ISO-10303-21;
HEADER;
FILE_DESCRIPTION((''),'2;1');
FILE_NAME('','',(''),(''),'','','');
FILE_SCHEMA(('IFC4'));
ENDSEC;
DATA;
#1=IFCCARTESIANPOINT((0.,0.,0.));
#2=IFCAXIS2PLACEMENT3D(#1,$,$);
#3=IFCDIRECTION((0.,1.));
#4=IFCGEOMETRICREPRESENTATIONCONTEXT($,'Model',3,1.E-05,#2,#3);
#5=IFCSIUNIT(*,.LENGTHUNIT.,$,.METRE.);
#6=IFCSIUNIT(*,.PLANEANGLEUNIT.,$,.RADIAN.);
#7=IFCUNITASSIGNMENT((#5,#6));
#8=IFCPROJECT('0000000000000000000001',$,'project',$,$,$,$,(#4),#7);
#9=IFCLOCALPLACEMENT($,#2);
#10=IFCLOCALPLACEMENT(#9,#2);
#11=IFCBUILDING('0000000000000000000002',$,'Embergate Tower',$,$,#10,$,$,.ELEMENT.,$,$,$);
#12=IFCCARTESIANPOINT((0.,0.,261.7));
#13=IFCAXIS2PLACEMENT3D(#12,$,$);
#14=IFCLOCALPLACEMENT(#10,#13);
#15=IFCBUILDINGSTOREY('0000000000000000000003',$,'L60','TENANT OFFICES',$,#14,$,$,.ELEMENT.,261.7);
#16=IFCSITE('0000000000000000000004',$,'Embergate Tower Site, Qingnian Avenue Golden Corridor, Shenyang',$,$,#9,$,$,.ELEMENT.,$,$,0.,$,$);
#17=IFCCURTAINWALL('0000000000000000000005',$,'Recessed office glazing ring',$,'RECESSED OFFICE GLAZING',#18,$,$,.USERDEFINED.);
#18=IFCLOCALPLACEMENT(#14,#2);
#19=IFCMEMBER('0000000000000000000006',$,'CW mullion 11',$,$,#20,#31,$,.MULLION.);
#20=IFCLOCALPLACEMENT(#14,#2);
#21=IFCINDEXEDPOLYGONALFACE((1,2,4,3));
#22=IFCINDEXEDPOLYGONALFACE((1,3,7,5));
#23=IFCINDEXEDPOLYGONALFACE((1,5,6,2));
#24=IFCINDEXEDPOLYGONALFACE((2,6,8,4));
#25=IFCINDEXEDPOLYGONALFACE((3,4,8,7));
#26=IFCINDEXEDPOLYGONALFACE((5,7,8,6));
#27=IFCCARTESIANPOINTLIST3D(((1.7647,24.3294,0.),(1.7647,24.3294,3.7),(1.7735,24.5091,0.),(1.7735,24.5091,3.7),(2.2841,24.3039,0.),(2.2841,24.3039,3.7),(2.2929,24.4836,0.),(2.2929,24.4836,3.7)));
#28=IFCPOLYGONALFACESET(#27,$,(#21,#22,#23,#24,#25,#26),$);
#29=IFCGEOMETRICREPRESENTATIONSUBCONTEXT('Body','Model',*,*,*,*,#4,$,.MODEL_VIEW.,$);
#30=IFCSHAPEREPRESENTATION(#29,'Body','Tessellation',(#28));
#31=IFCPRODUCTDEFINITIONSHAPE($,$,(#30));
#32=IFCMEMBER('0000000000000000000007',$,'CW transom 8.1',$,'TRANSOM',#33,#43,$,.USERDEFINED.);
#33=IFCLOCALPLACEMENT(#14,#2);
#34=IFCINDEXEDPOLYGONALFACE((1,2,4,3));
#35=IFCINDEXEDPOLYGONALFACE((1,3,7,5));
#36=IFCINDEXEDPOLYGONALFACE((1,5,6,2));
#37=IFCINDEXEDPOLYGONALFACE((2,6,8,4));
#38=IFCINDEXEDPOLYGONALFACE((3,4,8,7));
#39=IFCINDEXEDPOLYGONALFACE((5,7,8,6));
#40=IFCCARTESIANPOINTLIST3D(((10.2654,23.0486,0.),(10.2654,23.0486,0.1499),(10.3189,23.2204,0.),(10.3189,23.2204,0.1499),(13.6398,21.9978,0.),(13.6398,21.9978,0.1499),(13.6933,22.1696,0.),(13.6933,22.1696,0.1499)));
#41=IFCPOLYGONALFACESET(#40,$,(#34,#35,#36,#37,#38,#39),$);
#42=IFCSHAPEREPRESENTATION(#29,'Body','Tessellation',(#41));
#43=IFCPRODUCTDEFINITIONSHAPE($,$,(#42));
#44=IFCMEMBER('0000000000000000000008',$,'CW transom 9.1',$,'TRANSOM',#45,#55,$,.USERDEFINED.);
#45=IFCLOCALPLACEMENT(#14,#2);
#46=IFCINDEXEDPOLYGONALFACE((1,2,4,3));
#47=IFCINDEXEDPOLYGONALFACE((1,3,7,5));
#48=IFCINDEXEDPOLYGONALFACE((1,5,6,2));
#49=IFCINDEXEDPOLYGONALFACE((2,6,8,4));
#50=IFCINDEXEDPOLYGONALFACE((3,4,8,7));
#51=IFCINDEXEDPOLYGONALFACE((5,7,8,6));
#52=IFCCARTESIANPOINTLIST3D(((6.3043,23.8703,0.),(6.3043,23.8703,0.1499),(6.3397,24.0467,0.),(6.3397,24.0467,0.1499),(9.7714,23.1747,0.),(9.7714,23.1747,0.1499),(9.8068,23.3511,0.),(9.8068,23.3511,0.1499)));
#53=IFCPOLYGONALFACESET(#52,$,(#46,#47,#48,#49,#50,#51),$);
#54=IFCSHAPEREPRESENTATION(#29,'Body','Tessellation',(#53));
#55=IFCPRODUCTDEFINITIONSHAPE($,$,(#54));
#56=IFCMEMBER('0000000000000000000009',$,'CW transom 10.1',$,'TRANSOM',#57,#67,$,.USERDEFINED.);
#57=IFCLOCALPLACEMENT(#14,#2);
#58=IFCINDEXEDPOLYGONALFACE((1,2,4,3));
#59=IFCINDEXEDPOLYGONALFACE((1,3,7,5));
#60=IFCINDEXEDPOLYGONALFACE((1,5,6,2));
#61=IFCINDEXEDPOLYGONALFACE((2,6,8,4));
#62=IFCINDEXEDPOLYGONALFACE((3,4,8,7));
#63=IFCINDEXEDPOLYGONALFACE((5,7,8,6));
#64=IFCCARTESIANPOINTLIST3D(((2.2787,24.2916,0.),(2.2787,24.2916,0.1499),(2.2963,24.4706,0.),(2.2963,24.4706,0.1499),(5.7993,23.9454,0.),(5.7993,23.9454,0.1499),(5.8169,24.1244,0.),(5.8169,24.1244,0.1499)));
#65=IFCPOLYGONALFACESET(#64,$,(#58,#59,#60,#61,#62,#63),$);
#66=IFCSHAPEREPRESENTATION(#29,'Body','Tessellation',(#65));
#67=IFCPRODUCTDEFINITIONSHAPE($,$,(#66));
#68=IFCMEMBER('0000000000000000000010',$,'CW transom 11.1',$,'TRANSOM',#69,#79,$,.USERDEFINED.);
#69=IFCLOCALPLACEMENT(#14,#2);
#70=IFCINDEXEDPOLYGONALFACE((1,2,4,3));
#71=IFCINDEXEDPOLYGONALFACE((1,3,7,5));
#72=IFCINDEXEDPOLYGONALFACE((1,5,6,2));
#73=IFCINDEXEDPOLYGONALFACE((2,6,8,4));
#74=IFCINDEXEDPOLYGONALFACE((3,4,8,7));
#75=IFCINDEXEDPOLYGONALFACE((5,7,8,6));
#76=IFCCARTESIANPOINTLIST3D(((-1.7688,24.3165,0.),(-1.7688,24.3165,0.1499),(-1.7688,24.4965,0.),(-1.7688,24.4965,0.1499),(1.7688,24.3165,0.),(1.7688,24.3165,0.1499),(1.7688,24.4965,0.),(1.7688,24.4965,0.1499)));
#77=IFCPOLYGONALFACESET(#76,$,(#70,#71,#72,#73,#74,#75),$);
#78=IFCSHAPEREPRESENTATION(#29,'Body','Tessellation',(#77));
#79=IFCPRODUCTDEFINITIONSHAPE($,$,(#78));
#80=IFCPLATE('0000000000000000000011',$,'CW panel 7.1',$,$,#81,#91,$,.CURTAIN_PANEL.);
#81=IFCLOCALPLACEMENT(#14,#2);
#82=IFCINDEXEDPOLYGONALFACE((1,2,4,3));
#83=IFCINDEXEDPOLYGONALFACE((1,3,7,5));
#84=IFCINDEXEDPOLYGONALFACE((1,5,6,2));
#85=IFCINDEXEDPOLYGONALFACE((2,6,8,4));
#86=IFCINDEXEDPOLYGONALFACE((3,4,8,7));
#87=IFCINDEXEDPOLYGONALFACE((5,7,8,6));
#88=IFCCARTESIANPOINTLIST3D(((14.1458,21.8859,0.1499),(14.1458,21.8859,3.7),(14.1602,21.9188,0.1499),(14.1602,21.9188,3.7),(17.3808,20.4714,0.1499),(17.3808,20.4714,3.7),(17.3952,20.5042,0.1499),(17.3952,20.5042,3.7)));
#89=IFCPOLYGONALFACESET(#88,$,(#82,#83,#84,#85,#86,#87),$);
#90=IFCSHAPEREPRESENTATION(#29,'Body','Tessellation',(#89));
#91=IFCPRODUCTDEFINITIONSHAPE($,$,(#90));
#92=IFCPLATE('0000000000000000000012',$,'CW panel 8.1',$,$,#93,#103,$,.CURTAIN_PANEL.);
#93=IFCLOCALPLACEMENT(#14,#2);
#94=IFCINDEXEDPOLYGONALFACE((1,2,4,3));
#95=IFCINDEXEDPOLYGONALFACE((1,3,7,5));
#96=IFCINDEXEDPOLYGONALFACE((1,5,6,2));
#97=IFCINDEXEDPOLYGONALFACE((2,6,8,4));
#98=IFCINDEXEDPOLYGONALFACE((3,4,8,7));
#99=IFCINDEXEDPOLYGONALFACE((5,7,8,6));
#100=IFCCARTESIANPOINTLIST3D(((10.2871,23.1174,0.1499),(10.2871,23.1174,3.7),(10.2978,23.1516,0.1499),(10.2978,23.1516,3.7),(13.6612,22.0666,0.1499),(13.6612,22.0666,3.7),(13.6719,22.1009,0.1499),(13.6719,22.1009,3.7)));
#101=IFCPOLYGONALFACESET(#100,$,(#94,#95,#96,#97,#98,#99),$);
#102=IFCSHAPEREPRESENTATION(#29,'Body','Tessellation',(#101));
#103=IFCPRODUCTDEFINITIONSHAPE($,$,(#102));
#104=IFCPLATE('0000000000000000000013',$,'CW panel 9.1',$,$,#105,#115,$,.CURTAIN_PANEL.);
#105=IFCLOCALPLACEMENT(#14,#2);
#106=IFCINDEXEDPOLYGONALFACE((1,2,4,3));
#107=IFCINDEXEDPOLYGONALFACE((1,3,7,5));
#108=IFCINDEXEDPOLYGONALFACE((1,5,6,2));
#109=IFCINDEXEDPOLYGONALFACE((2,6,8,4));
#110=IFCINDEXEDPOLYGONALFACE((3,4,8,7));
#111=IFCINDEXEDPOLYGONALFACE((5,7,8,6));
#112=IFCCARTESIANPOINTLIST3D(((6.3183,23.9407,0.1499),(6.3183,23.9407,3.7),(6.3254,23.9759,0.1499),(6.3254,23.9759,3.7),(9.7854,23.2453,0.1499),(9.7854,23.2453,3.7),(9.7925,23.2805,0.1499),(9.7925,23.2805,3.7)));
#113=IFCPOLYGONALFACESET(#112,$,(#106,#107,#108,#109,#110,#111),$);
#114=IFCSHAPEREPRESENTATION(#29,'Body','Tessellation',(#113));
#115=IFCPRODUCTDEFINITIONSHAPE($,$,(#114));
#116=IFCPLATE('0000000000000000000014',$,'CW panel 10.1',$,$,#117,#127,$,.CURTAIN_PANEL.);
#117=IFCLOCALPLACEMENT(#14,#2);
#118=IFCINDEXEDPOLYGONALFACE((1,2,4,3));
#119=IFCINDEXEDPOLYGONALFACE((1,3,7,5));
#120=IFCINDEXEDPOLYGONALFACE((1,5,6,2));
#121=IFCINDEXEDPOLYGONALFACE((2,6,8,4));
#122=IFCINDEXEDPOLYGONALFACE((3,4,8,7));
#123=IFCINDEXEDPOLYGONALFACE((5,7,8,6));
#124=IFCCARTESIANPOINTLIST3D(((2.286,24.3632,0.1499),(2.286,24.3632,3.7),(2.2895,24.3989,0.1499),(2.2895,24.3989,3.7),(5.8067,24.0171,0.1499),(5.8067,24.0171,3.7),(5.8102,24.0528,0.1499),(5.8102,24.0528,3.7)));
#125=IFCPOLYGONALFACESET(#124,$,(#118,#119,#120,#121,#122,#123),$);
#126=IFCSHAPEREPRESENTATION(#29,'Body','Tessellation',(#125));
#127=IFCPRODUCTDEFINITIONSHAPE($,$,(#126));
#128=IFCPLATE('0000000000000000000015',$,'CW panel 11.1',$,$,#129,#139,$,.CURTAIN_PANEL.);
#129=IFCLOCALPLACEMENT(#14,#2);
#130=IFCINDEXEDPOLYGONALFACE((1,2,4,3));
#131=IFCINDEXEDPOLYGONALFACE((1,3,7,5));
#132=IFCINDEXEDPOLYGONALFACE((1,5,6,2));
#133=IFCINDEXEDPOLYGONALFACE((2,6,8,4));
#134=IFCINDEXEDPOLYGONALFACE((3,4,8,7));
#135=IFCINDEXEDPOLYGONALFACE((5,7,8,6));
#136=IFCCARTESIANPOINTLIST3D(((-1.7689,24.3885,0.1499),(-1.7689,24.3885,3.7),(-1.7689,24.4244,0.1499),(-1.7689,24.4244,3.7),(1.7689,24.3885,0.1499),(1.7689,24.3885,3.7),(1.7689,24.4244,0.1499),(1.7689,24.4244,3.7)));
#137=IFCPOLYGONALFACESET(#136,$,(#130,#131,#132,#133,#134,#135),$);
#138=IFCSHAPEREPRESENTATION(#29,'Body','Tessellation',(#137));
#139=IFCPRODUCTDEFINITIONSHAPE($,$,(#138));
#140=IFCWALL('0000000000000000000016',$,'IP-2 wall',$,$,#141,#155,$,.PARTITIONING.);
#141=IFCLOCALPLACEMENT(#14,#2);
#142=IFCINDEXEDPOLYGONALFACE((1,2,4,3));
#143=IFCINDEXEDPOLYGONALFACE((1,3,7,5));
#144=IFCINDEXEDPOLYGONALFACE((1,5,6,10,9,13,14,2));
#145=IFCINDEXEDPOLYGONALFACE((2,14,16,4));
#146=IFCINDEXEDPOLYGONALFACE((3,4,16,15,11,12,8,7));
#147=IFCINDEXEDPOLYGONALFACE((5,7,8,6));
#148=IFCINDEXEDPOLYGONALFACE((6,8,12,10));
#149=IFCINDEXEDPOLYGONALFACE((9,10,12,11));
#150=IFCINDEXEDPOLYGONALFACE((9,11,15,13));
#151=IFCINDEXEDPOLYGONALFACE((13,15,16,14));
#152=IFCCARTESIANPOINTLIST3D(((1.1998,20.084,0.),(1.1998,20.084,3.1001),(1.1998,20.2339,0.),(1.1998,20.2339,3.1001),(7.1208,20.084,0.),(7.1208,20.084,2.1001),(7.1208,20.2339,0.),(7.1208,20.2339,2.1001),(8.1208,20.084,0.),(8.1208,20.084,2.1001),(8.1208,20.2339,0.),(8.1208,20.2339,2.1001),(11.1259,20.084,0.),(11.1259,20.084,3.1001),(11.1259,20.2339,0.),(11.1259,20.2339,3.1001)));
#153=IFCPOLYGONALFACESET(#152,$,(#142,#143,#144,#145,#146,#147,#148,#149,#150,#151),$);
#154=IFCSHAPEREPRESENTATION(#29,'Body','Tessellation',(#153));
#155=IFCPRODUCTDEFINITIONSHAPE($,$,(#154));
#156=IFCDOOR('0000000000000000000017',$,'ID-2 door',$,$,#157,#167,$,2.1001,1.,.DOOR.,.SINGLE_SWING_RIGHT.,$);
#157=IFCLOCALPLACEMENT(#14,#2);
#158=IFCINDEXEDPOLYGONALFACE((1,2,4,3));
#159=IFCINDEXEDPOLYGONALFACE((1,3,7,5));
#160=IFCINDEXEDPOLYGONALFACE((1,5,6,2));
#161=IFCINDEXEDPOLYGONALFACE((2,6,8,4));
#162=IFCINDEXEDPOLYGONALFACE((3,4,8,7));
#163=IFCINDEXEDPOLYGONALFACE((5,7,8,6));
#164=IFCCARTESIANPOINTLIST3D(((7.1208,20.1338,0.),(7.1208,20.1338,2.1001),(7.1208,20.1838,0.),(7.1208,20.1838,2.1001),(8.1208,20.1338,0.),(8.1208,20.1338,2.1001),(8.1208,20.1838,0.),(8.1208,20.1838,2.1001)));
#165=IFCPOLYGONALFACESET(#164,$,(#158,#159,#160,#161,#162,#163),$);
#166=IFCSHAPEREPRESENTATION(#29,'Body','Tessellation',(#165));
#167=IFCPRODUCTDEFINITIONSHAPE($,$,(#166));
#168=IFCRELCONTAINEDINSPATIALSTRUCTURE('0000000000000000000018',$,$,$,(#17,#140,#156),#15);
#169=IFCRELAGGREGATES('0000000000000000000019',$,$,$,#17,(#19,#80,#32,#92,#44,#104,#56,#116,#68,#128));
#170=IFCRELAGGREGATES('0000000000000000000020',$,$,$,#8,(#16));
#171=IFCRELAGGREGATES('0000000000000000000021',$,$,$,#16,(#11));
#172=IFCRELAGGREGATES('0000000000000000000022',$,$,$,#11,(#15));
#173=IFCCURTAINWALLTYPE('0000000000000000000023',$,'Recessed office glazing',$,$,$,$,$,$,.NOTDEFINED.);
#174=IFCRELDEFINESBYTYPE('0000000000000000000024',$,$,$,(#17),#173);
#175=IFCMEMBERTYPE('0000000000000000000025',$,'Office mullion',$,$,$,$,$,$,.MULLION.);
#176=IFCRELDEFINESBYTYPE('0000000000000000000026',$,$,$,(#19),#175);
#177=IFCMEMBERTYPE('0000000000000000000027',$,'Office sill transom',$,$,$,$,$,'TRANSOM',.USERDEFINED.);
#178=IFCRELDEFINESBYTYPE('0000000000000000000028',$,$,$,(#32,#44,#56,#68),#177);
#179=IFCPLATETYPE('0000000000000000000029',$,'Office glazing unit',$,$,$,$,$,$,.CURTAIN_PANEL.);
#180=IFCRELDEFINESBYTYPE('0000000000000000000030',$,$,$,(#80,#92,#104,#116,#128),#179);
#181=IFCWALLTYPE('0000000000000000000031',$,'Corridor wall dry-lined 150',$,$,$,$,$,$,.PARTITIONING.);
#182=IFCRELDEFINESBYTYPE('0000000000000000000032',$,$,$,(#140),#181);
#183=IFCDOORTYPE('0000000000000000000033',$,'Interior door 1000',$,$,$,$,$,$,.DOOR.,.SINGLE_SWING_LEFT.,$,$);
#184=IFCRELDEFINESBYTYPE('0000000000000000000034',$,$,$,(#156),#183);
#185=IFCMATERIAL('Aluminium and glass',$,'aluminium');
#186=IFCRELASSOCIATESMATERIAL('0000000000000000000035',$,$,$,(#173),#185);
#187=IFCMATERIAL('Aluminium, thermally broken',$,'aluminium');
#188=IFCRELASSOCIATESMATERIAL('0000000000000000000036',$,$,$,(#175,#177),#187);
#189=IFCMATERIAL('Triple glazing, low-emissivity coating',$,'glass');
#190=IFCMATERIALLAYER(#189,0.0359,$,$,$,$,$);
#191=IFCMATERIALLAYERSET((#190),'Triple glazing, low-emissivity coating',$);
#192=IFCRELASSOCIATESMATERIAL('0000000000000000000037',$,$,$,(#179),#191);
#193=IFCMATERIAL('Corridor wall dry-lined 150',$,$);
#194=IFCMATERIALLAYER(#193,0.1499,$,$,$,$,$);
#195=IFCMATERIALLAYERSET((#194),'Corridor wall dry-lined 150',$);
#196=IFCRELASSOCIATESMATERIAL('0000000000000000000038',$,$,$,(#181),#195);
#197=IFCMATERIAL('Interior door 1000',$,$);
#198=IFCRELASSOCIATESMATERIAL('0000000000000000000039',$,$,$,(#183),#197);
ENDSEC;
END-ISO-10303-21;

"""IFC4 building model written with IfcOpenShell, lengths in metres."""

from ifc_helpers import new_model, si_unit, direction, frame, frame_2d, origin, origin_2d, place, context, subcontext, project, spatial, rectangle, extrude, source, transform, mapped, material, layer, layer_set, material_profile, profile_set, type_object, element, fill, aggregate, save


model = new_model("IFC4")

# Units and contexts
model_context = context("Model", 3, precision=1e-05, world=origin(), true_north=direction((0.0, 1.0)))
body_context = subcontext(model_context, "Body", "Model", "MODEL_VIEW")
ifc_project = project(units=[si_unit("LENGTHUNIT", "METRE"), si_unit("PLANEANGLEUNIT", "RADIAN")], contexts=[model_context])

# Site, building, storey
site_placement = place(None, origin())
site = spatial("IfcSite", under=ifc_project, at=site_placement, Name="Embergate Tower Site, Qingnian Avenue Golden Corridor, Shenyang", CompositionType="ELEMENT", RefElevation=0.0)
building_placement = place(site_placement, origin())
building = spatial("IfcBuilding", under=site, at=building_placement, Name="Embergate Tower", CompositionType="ELEMENT")
storey_placement = place(building_placement, frame((0.0, 0.0, 261.7)))
storey = spatial("IfcBuildingStorey", under=building, at=storey_placement, Name="L60", Description="TENANT OFFICES", CompositionType="ELEMENT", Elevation=261.7)

# Curtain wall, members, plates
ifc_material_1 = material(Name="Aluminium and glass", Category="aluminium")
curtain_wall_type = type_object("IfcCurtainWallType", Name="Recessed office glazing", PredefinedType="NOTDEFINED", material=ifc_material_1)
curtain_wall_placement = place(storey_placement, origin())
curtain_wall = element("IfcCurtainWall", 1, at=curtain_wall_placement, inside=storey, type_object=curtain_wall_type, Name="Recessed office glazing ring", ObjectType="RECESSED OFFICE GLAZING", PredefinedType="USERDEFINED")
ifc_material_2 = material(Name="Aluminium, thermally broken", Category="aluminium")
ifc_material_profile_1 = material_profile(ifc_material_2, rectangle(XDim=0.1799, YDim=0.52, at=origin_2d()), Name="AL 520x180")
ifc_profile_set_1 = profile_set([ifc_material_profile_1], Name="Aluminium, thermally broken")
member_type_1 = type_object("IfcMemberType", Name="Office mullion", PredefinedType="MULLION", material=ifc_profile_set_1)
shared_shape_1 = source(origin(), body_context, "Body", "SweptSolid", [
    extrude(rectangle(XDim=0.1799, YDim=0.52, at=origin_2d()), origin(), (0.0, 0.0, 1.0), 3.7),
])
member_1_placement = place(storey_placement, frame((2.0288, 24.4065, 0.0), z_axis=(0.0, 0.0, 1.0), x_axis=(-0.04897, -0.9988, 0.0)))
member_1 = element("IfcMember", 2, at=member_1_placement, type_object=member_type_1, Name="CW mullion 11", PredefinedType="MULLION", context=body_context, shape_type="MappedRepresentation", body=[
    mapped(shared_shape_1, transform((0.0, 0.0, 0.0))),
])
ifc_material_profile_2 = material_profile(ifc_material_2, rectangle(XDim=0.1799, YDim=0.1499, at=origin_2d()), Name="AL 150x180")
ifc_profile_set_2 = profile_set([ifc_material_profile_2], Name="Aluminium, thermally broken")
member_type_2 = type_object("IfcMemberType", Name="Office sill transom", ElementType="TRANSOM", PredefinedType="USERDEFINED", material=ifc_profile_set_2)
shared_shape_2 = source(origin(), body_context, "Body", "SweptSolid", [
    extrude(rectangle(XDim=0.1799, YDim=0.1499, at=origin_2d()), origin(), (0.0, 0.0, 1.0), 3.5342),
])
member_2_placement = place(storey_placement, frame((13.6665, 22.0837, 0.075), z_axis=(-0.954776, 0.297327, 0.0), x_axis=(-0.297327, -0.954776, 0.0)))
member_2 = element("IfcMember", 3, at=member_2_placement, type_object=member_type_2, Name="CW transom 8.1", ObjectType="TRANSOM", PredefinedType="USERDEFINED", context=body_context, shape_type="MappedRepresentation", body=[
    mapped(shared_shape_2, transform((0.0, 0.0, 0.0))),
])
shared_shape_3 = source(origin(), body_context, "Body", "SweptSolid", [
    extrude(rectangle(XDim=0.1799, YDim=0.1499, at=origin_2d()), origin(), (0.0, 0.0, 1.0), 3.5361),
])
member_3_placement = place(storey_placement, frame((9.7891, 23.2629, 0.075), z_axis=(-0.980464, 0.1967, 0.0), x_axis=(-0.1967, -0.980464, 0.0)))
member_3 = element("IfcMember", 4, at=member_3_placement, type_object=member_type_2, Name="CW transom 9.1", ObjectType="TRANSOM", PredefinedType="USERDEFINED", context=body_context, shape_type="MappedRepresentation", body=[
    mapped(shared_shape_3, transform((0.0, 0.0, 0.0))),
])
shared_shape_4 = source(origin(), body_context, "Body", "SweptSolid", [
    extrude(rectangle(XDim=0.1799, YDim=0.1499, at=origin_2d()), origin(), (0.0, 0.0, 1.0), 3.5376),
])
member_4_placement = place(storey_placement, frame((5.8081, 24.0349, 0.075), z_axis=(-0.9952, 0.097864, 0.0), x_axis=(-0.097864, -0.9952, 0.0)))
member_4 = element("IfcMember", 5, at=member_4_placement, type_object=member_type_2, Name="CW transom 10.1", ObjectType="TRANSOM", PredefinedType="USERDEFINED", context=body_context, shape_type="MappedRepresentation", body=[
    mapped(shared_shape_4, transform((0.0, 0.0, 0.0))),
])
member_5_placement = place(storey_placement, frame((1.7688, 24.4065, 0.075), z_axis=(-1.0, 0.0, 0.0), x_axis=(0.0, -1.0, 0.0)))
member_5 = element("IfcMember", 6, at=member_5_placement, type_object=member_type_2, Name="CW transom 11.1", ObjectType="TRANSOM", PredefinedType="USERDEFINED", context=body_context, shape_type="MappedRepresentation", body=[
    mapped(shared_shape_4, transform((0.0, 0.0, 0.0))),
])
ifc_material_3 = material(Name="Triple glazing, low-emissivity coating", Category="glass")
ifc_layer_1 = layer(ifc_material_3, 0.0359)
ifc_layer_set_1 = layer_set([ifc_layer_1], Name="Triple glazing, low-emissivity coating")
plate_type = type_object("IfcPlateType", Name="Office glazing unit", PredefinedType="CURTAIN_PANEL", material=ifc_layer_set_1)
shared_shape_5 = source(origin(), body_context, "Body", "SweptSolid", [
    extrude(rectangle(XDim=3.5308, YDim=0.0359, at=origin_2d()), origin(), (0.0, 0.0, 1.0), 3.55),
])
plate_1_placement = place(storey_placement, frame((15.7705, 21.1951, 0.1499), z_axis=(0.0, 0.0, 1.0), x_axis=(-0.916237, 0.400637, 0.0)))
plate_1 = element("IfcPlate", 7, at=plate_1_placement, type_object=plate_type, Name="CW panel 7.1", PredefinedType="CURTAIN_PANEL", context=body_context, shape_type="MappedRepresentation", body=[
    mapped(shared_shape_5, transform((0.0, 0.0, 0.0))),
])
shared_shape_6 = source(origin(), body_context, "Body", "SweptSolid", [
    extrude(rectangle(XDim=3.5339, YDim=0.0359, at=origin_2d()), origin(), (0.0, 0.0, 1.0), 3.55),
])
plate_2_placement = place(storey_placement, frame((11.9795, 22.6091, 0.1499), z_axis=(0.0, 0.0, 1.0), x_axis=(-0.954773, 0.297337, 0.0)))
plate_2 = element("IfcPlate", 8, at=plate_2_placement, type_object=plate_type, Name="CW panel 8.1", PredefinedType="CURTAIN_PANEL", context=body_context, shape_type="MappedRepresentation", body=[
    mapped(shared_shape_6, transform((0.0, 0.0, 0.0))),
])
shared_shape_7 = source(origin(), body_context, "Body", "SweptSolid", [
    extrude(rectangle(XDim=3.5361, YDim=0.0359, at=origin_2d()), origin(), (0.0, 0.0, 1.0), 3.55),
])
plate_3_placement = place(storey_placement, frame((8.0554, 23.6106, 0.1499), z_axis=(0.0, 0.0, 1.0), x_axis=(-0.980476, 0.196639, 0.0)))
plate_3 = element("IfcPlate", 9, at=plate_3_placement, type_object=plate_type, Name="CW panel 9.1", PredefinedType="CURTAIN_PANEL", context=body_context, shape_type="MappedRepresentation", body=[
    mapped(shared_shape_7, transform((0.0, 0.0, 0.0))),
])
shared_shape_8 = source(origin(), body_context, "Body", "SweptSolid", [
    extrude(rectangle(XDim=3.5376, YDim=0.0359, at=origin_2d()), origin(), (0.0, 0.0, 1.0), 3.55),
])
plate_4_placement = place(storey_placement, frame((4.0481, 24.208, 0.1499), z_axis=(0.0, 0.0, 1.0), x_axis=(-0.995203, 0.09783, 0.0)))
plate_4 = element("IfcPlate", 10, at=plate_4_placement, type_object=plate_type, Name="CW panel 10.1", PredefinedType="CURTAIN_PANEL", context=body_context, shape_type="MappedRepresentation", body=[
    mapped(shared_shape_8, transform((0.0, 0.0, 0.0))),
])
shared_shape_9 = source(origin(), body_context, "Body", "SweptSolid", [
    extrude(rectangle(XDim=3.5378, YDim=0.0359, at=origin_2d()), origin(), (0.0, 0.0, 1.0), 3.55),
])
plate_5_placement = place(storey_placement, frame((0.0, 24.4065, 0.1499), z_axis=(0.0, 0.0, 1.0), x_axis=(-1.0, 0.0, 0.0)))
plate_5 = element("IfcPlate", 11, at=plate_5_placement, type_object=plate_type, Name="CW panel 11.1", PredefinedType="CURTAIN_PANEL", context=body_context, shape_type="MappedRepresentation", body=[
    mapped(shared_shape_9, transform((0.0, 0.0, 0.0))),
])
aggregate(curtain_wall, [member_1, plate_1, member_2, plate_2, member_3, plate_3, member_4, plate_4, member_5, plate_5])

# Wall, opening, door
ifc_material_4 = material(Name="Corridor wall dry-lined 150")
ifc_layer_2 = layer(ifc_material_4, 0.1499)
ifc_layer_set_2 = layer_set([ifc_layer_2], Name="Corridor wall dry-lined 150")
wall_type_1 = type_object("IfcWallType", Name="Corridor wall dry-lined 150", PredefinedType="PARTITIONING", material=ifc_layer_set_2)
shared_shape_10 = source(origin(), body_context, "Body", "SweptSolid", [
    extrude(rectangle(XDim=9.926, YDim=0.1499, at=frame_2d((4.9629, 0.0))), origin(), (0.0, 0.0, 1.0), 3.1001),
])
wall_1_placement = place(storey_placement, frame((1.2, 20.1589, 0.0), z_axis=(0.0, 0.0, 1.0), x_axis=(1.0, 0.0, 0.0)))
wall_1 = element("IfcWall", 12, at=wall_1_placement, inside=storey, type_object=wall_type_1, Name="IP-2 wall", PredefinedType="PARTITIONING", context=body_context, shape_type="MappedRepresentation", body=[
    mapped(shared_shape_10, transform((0.0, 0.0, 0.0))),
])
shared_shape_11 = source(origin(), body_context, "Body", "SweptSolid", [
    extrude(rectangle(XDim=1.0, YDim=2.1001, at=frame_2d((0.5, 1.05))), frame((0.0, 0.085, 0.0), z_axis=(0.0, -1.0, 0.0), x_axis=(1.0, 0.0, 0.0)), (0.0, 0.0, 1.0), 0.1699),
])
opening_placement = place(wall_1_placement, frame((5.9209, 0.0, 0.0)))
opening = element("IfcOpeningElement", 13, at=opening_placement, cuts=wall_1, PredefinedType="OPENING", context=body_context, shape_type="MappedRepresentation", body=[
    mapped(shared_shape_11, transform((0.0, 0.0, 0.0))),
])
ifc_material_5 = material(Name="Interior door 1000")
door_type = type_object("IfcDoorType", Name="Interior door 1000", OperationType="SINGLE_SWING_LEFT", PredefinedType="DOOR", material=ifc_material_5)
shared_shape_12 = source(origin(), body_context, "Body", "SweptSolid", [
    extrude(rectangle(XDim=1.0, YDim=2.1001, at=frame_2d((0.5, 1.05))), frame((0.0, 0.0249, 0.0), z_axis=(0.0, -1.0, 0.0), x_axis=(1.0, 0.0, 0.0)), (0.0, 0.0, 1.0), 0.05),
])
door_placement = place(opening_placement, origin())
door = element("IfcDoor", 14, at=door_placement, inside=storey, type_object=door_type, Name="ID-2 door", OperationType="SINGLE_SWING_RIGHT", OverallHeight=2.1001, OverallWidth=1.0, PredefinedType="DOOR", context=body_context, shape_type="MappedRepresentation", body=[
    mapped(shared_shape_12, transform((0.0, 0.0, 0.0))),
])
fill(opening, door)

save(model, "model.ifc")
